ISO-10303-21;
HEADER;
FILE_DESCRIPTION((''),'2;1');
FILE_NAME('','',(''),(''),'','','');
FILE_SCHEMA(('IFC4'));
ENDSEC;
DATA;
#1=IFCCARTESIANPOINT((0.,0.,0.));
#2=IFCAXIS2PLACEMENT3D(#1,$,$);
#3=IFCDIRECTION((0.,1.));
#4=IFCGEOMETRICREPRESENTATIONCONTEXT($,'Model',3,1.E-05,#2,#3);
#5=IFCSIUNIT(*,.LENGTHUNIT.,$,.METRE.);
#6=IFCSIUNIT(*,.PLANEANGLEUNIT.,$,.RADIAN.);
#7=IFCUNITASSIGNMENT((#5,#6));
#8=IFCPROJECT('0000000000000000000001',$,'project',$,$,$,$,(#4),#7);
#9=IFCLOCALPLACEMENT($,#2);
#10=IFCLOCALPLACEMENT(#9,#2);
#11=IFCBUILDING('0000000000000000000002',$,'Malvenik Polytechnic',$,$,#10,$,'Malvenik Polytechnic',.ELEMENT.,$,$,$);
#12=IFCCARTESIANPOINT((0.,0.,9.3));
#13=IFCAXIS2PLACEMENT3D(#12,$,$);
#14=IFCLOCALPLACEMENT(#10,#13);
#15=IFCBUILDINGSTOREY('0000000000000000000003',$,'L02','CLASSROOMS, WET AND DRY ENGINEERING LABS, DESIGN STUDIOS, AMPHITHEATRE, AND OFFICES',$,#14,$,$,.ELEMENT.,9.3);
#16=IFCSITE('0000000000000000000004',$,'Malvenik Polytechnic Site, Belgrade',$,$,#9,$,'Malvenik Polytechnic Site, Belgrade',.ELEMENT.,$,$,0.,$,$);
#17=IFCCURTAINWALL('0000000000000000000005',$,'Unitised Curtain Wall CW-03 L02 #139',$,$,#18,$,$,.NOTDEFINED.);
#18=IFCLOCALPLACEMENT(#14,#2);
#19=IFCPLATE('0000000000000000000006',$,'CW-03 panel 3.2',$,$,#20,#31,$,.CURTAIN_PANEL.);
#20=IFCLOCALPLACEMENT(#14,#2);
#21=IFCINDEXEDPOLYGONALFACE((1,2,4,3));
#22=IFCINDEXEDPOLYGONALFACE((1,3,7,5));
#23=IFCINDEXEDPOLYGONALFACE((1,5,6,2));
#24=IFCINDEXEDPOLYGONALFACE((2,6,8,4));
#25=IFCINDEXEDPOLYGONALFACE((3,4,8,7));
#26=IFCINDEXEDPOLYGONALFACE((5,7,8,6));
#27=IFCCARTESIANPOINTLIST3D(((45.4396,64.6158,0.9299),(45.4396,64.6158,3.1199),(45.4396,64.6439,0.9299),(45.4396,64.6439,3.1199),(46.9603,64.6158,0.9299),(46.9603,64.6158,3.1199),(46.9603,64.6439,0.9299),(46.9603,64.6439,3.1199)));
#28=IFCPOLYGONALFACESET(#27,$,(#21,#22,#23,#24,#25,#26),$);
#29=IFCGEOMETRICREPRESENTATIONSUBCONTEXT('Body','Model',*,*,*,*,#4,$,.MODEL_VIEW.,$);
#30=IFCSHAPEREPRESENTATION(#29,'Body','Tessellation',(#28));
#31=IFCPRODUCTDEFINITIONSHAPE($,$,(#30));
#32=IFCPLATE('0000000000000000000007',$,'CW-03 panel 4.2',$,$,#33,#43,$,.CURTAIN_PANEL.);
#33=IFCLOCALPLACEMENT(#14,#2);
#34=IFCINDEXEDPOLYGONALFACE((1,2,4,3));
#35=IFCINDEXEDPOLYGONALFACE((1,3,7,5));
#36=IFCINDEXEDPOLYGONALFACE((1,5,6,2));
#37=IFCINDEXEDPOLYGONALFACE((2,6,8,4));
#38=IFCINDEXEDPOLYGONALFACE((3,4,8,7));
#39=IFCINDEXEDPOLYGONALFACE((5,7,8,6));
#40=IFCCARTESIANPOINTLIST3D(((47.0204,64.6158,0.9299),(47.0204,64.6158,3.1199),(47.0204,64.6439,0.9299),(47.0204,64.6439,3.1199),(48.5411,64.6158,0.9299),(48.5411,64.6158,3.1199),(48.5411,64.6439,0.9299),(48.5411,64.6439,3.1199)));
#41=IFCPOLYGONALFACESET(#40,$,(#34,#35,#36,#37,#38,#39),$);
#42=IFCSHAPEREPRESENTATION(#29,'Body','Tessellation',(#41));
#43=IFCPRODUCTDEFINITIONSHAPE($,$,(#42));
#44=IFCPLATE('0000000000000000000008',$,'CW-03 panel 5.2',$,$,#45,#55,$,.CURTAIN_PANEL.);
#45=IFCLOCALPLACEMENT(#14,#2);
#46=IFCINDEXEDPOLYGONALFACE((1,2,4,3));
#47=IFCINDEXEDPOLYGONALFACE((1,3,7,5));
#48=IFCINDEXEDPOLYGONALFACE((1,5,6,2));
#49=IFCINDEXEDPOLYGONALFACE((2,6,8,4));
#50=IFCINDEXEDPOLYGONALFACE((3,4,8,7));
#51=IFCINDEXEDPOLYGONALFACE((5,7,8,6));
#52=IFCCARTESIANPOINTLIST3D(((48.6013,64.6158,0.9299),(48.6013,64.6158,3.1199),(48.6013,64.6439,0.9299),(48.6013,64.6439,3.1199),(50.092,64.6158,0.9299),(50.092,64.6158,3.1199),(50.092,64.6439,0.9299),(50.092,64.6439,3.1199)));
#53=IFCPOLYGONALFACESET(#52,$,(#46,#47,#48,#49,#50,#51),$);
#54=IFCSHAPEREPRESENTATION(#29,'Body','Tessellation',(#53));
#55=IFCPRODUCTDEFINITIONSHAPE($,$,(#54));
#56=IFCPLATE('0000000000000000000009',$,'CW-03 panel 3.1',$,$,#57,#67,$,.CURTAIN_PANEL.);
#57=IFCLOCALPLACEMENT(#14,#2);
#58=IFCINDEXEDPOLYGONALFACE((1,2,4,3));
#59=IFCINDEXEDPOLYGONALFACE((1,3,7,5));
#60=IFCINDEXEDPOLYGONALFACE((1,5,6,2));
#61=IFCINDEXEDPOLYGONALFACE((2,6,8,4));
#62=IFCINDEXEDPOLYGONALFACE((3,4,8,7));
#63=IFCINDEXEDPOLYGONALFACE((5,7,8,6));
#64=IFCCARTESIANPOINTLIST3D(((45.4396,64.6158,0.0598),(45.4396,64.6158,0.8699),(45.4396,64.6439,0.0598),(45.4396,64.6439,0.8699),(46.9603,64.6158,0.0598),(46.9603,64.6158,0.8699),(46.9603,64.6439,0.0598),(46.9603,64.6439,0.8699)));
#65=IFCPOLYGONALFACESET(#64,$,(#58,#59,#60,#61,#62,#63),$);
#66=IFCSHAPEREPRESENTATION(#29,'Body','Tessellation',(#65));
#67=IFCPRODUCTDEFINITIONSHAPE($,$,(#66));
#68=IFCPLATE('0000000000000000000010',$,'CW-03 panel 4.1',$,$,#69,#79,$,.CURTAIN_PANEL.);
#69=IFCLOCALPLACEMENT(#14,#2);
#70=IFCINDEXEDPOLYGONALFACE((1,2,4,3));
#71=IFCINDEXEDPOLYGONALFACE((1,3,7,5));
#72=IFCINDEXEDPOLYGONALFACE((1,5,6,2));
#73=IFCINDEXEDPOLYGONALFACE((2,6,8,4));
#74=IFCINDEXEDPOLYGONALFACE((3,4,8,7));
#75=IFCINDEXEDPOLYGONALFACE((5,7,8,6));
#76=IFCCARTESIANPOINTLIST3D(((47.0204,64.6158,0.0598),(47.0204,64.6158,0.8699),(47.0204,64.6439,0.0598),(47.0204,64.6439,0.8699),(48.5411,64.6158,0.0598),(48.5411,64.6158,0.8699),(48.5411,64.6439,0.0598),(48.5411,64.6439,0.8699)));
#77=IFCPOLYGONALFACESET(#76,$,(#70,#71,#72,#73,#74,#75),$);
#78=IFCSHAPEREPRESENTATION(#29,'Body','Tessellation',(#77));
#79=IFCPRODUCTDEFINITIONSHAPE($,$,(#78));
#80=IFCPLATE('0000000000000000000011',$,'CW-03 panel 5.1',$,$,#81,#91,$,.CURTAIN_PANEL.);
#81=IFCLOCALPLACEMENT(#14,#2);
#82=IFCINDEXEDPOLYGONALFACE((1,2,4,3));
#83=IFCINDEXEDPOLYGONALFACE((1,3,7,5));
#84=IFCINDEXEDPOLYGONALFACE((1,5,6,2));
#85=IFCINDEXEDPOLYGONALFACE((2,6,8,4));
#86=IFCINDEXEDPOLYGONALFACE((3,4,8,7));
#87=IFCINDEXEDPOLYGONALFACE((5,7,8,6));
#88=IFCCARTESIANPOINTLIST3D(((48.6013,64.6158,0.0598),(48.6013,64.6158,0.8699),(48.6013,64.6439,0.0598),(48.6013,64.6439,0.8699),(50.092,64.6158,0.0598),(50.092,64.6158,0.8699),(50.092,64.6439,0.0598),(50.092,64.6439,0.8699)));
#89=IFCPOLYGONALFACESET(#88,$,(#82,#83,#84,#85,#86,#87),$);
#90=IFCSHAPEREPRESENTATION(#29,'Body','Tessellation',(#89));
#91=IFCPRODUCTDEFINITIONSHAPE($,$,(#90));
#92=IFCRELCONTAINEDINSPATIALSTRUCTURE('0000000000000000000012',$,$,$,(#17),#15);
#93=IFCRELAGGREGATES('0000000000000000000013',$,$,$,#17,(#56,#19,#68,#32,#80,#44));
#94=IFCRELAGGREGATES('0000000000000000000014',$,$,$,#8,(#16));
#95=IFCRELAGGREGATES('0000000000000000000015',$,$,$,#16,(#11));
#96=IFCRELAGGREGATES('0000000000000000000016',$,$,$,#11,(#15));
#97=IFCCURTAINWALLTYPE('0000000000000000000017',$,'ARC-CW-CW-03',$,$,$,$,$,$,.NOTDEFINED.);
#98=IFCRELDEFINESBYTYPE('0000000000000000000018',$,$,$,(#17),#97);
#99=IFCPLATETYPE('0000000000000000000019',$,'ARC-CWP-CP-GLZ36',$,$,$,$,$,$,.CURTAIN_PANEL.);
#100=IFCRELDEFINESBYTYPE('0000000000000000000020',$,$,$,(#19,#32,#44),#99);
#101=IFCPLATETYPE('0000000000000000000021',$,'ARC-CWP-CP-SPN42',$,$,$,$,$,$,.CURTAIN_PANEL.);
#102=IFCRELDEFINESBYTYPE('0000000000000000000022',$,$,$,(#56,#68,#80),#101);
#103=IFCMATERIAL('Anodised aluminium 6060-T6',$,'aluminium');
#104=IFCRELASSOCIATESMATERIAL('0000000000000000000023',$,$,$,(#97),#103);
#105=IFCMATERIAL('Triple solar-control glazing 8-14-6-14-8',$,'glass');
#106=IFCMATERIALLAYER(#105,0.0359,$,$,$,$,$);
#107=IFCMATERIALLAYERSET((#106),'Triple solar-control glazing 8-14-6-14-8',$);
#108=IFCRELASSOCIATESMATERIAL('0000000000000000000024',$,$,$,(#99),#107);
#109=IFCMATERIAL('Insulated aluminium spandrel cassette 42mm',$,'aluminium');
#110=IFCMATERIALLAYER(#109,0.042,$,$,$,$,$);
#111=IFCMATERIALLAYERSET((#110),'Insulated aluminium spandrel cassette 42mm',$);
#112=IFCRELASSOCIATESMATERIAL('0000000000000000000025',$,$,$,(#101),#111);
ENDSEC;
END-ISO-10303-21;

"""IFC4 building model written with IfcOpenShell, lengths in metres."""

from ifc_helpers import new_model, si_unit, direction, frame, origin, origin_2d, place, context, subcontext, project, spatial, rectangle, extrude, material, layer, layer_set, type_object, element, aggregate, save


model = new_model("IFC4")

# Units and contexts
model_context = context("Model", 3, precision=1e-05, world=origin(), true_north=direction((0.0, 1.0)))
body_context = subcontext(model_context, "Body", "Model", "MODEL_VIEW")
ifc_project = project(units=[si_unit("LENGTHUNIT", "METRE"), si_unit("PLANEANGLEUNIT", "RADIAN")], contexts=[model_context])

# Site, building, storey
site_placement = place(None, origin())
site = spatial("IfcSite", under=ifc_project, at=site_placement, Name="Malvenik Polytechnic Site, Belgrade", LongName="Malvenik Polytechnic Site, Belgrade", CompositionType="ELEMENT", RefElevation=0.0)
building_placement = place(site_placement, origin())
building = spatial("IfcBuilding", under=site, at=building_placement, Name="Malvenik Polytechnic", LongName="Malvenik Polytechnic", CompositionType="ELEMENT")
storey_placement = place(building_placement, frame((0.0, 0.0, 9.3)))
storey = spatial("IfcBuildingStorey", under=building, at=storey_placement, Name="L02", Description="CLASSROOMS, WET AND DRY ENGINEERING LABS, DESIGN STUDIOS, AMPHITHEATRE, AND OFFICES", CompositionType="ELEMENT", Elevation=9.3)

# Curtain wall, plates
ifc_material_1 = material(Name="Anodised aluminium 6060-T6", Category="aluminium")
curtain_wall_type = type_object("IfcCurtainWallType", Name="ARC-CW-CW-03", PredefinedType="NOTDEFINED", material=ifc_material_1)
curtain_wall_placement = place(storey_placement, origin())
curtain_wall = element("IfcCurtainWall", 1, at=curtain_wall_placement, inside=storey, type_object=curtain_wall_type, Name="Unitised Curtain Wall CW-03 L02 #139", PredefinedType="NOTDEFINED")
ifc_material_2 = material(Name="Triple solar-control glazing 8-14-6-14-8", Category="glass")
ifc_layer_1 = layer(ifc_material_2, 0.0359)
ifc_layer_set_1 = layer_set([ifc_layer_1], Name="Triple solar-control glazing 8-14-6-14-8")
plate_type_1 = type_object("IfcPlateType", Name="ARC-CWP-CP-GLZ36", PredefinedType="CURTAIN_PANEL", material=ifc_layer_set_1)
plate_1_placement = place(storey_placement, frame((46.2, 64.6299, 0.9299), z_axis=(0.0, 0.0, 1.0), x_axis=(1.0, 0.0, 0.0)))
plate_1 = element("IfcPlate", 2, at=plate_1_placement, type_object=plate_type_1, Name="CW-03 panel 3.2", PredefinedType="CURTAIN_PANEL", context=body_context, shape_type="SweptSolid", body=[
    extrude(rectangle(XDim=1.5208, YDim=0.0281, at=origin_2d()), origin(), (0.0, 0.0, 1.0), 2.1899),
])
plate_2_placement = place(storey_placement, frame((47.7808, 64.6299, 0.9299), z_axis=(0.0, 0.0, 1.0), x_axis=(1.0, 0.0, 0.0)))
plate_2 = element("IfcPlate", 3, at=plate_2_placement, type_object=plate_type_1, Name="CW-03 panel 4.2", PredefinedType="CURTAIN_PANEL", context=body_context, shape_type="SweptSolid", body=[
    extrude(rectangle(XDim=1.5208, YDim=0.0281, at=origin_2d()), origin(), (0.0, 0.0, 1.0), 2.1899),
])
plate_3_placement = place(storey_placement, frame((49.3467, 64.6299, 0.9299), z_axis=(0.0, 0.0, 1.0), x_axis=(1.0, 0.0, 0.0)))
plate_3 = element("IfcPlate", 4, at=plate_3_placement, type_object=plate_type_1, Name="CW-03 panel 5.2", PredefinedType="CURTAIN_PANEL", context=body_context, shape_type="SweptSolid", body=[
    extrude(rectangle(XDim=1.4907, YDim=0.0281, at=origin_2d()), origin(), (0.0, 0.0, 1.0), 2.1899),
])
ifc_material_3 = material(Name="Insulated aluminium spandrel cassette 42mm", Category="aluminium")
ifc_layer_2 = layer(ifc_material_3, 0.042)
ifc_layer_set_2 = layer_set([ifc_layer_2], Name="Insulated aluminium spandrel cassette 42mm")
plate_type_2 = type_object("IfcPlateType", Name="ARC-CWP-CP-SPN42", PredefinedType="CURTAIN_PANEL", material=ifc_layer_set_2)
plate_4_placement = place(storey_placement, frame((46.2, 64.6299, 0.0598), z_axis=(0.0, 0.0, 1.0), x_axis=(1.0, 0.0, 0.0)))
plate_4 = element("IfcPlate", 5, at=plate_4_placement, type_object=plate_type_2, Name="CW-03 panel 3.1", PredefinedType="CURTAIN_PANEL", context=body_context, shape_type="SweptSolid", body=[
    extrude(rectangle(XDim=1.5208, YDim=0.0281, at=origin_2d()), origin(), (0.0, 0.0, 1.0), 0.8101),
])
plate_5_placement = place(storey_placement, frame((47.7808, 64.6299, 0.0598), z_axis=(0.0, 0.0, 1.0), x_axis=(1.0, 0.0, 0.0)))
plate_5 = element("IfcPlate", 6, at=plate_5_placement, type_object=plate_type_2, Name="CW-03 panel 4.1", PredefinedType="CURTAIN_PANEL", context=body_context, shape_type="SweptSolid", body=[
    extrude(rectangle(XDim=1.5208, YDim=0.0281, at=origin_2d()), origin(), (0.0, 0.0, 1.0), 0.8101),
])
plate_6_placement = place(storey_placement, frame((49.3467, 64.6299, 0.0598), z_axis=(0.0, 0.0, 1.0), x_axis=(1.0, 0.0, 0.0)))
plate_6 = element("IfcPlate", 7, at=plate_6_placement, type_object=plate_type_2, Name="CW-03 panel 5.1", PredefinedType="CURTAIN_PANEL", context=body_context, shape_type="SweptSolid", body=[
    extrude(rectangle(XDim=1.4907, YDim=0.0281, at=origin_2d()), origin(), (0.0, 0.0, 1.0), 0.8101),
])
aggregate(curtain_wall, [plate_4, plate_1, plate_5, plate_2, plate_6, plate_3])

save(model, "model.ifc")
